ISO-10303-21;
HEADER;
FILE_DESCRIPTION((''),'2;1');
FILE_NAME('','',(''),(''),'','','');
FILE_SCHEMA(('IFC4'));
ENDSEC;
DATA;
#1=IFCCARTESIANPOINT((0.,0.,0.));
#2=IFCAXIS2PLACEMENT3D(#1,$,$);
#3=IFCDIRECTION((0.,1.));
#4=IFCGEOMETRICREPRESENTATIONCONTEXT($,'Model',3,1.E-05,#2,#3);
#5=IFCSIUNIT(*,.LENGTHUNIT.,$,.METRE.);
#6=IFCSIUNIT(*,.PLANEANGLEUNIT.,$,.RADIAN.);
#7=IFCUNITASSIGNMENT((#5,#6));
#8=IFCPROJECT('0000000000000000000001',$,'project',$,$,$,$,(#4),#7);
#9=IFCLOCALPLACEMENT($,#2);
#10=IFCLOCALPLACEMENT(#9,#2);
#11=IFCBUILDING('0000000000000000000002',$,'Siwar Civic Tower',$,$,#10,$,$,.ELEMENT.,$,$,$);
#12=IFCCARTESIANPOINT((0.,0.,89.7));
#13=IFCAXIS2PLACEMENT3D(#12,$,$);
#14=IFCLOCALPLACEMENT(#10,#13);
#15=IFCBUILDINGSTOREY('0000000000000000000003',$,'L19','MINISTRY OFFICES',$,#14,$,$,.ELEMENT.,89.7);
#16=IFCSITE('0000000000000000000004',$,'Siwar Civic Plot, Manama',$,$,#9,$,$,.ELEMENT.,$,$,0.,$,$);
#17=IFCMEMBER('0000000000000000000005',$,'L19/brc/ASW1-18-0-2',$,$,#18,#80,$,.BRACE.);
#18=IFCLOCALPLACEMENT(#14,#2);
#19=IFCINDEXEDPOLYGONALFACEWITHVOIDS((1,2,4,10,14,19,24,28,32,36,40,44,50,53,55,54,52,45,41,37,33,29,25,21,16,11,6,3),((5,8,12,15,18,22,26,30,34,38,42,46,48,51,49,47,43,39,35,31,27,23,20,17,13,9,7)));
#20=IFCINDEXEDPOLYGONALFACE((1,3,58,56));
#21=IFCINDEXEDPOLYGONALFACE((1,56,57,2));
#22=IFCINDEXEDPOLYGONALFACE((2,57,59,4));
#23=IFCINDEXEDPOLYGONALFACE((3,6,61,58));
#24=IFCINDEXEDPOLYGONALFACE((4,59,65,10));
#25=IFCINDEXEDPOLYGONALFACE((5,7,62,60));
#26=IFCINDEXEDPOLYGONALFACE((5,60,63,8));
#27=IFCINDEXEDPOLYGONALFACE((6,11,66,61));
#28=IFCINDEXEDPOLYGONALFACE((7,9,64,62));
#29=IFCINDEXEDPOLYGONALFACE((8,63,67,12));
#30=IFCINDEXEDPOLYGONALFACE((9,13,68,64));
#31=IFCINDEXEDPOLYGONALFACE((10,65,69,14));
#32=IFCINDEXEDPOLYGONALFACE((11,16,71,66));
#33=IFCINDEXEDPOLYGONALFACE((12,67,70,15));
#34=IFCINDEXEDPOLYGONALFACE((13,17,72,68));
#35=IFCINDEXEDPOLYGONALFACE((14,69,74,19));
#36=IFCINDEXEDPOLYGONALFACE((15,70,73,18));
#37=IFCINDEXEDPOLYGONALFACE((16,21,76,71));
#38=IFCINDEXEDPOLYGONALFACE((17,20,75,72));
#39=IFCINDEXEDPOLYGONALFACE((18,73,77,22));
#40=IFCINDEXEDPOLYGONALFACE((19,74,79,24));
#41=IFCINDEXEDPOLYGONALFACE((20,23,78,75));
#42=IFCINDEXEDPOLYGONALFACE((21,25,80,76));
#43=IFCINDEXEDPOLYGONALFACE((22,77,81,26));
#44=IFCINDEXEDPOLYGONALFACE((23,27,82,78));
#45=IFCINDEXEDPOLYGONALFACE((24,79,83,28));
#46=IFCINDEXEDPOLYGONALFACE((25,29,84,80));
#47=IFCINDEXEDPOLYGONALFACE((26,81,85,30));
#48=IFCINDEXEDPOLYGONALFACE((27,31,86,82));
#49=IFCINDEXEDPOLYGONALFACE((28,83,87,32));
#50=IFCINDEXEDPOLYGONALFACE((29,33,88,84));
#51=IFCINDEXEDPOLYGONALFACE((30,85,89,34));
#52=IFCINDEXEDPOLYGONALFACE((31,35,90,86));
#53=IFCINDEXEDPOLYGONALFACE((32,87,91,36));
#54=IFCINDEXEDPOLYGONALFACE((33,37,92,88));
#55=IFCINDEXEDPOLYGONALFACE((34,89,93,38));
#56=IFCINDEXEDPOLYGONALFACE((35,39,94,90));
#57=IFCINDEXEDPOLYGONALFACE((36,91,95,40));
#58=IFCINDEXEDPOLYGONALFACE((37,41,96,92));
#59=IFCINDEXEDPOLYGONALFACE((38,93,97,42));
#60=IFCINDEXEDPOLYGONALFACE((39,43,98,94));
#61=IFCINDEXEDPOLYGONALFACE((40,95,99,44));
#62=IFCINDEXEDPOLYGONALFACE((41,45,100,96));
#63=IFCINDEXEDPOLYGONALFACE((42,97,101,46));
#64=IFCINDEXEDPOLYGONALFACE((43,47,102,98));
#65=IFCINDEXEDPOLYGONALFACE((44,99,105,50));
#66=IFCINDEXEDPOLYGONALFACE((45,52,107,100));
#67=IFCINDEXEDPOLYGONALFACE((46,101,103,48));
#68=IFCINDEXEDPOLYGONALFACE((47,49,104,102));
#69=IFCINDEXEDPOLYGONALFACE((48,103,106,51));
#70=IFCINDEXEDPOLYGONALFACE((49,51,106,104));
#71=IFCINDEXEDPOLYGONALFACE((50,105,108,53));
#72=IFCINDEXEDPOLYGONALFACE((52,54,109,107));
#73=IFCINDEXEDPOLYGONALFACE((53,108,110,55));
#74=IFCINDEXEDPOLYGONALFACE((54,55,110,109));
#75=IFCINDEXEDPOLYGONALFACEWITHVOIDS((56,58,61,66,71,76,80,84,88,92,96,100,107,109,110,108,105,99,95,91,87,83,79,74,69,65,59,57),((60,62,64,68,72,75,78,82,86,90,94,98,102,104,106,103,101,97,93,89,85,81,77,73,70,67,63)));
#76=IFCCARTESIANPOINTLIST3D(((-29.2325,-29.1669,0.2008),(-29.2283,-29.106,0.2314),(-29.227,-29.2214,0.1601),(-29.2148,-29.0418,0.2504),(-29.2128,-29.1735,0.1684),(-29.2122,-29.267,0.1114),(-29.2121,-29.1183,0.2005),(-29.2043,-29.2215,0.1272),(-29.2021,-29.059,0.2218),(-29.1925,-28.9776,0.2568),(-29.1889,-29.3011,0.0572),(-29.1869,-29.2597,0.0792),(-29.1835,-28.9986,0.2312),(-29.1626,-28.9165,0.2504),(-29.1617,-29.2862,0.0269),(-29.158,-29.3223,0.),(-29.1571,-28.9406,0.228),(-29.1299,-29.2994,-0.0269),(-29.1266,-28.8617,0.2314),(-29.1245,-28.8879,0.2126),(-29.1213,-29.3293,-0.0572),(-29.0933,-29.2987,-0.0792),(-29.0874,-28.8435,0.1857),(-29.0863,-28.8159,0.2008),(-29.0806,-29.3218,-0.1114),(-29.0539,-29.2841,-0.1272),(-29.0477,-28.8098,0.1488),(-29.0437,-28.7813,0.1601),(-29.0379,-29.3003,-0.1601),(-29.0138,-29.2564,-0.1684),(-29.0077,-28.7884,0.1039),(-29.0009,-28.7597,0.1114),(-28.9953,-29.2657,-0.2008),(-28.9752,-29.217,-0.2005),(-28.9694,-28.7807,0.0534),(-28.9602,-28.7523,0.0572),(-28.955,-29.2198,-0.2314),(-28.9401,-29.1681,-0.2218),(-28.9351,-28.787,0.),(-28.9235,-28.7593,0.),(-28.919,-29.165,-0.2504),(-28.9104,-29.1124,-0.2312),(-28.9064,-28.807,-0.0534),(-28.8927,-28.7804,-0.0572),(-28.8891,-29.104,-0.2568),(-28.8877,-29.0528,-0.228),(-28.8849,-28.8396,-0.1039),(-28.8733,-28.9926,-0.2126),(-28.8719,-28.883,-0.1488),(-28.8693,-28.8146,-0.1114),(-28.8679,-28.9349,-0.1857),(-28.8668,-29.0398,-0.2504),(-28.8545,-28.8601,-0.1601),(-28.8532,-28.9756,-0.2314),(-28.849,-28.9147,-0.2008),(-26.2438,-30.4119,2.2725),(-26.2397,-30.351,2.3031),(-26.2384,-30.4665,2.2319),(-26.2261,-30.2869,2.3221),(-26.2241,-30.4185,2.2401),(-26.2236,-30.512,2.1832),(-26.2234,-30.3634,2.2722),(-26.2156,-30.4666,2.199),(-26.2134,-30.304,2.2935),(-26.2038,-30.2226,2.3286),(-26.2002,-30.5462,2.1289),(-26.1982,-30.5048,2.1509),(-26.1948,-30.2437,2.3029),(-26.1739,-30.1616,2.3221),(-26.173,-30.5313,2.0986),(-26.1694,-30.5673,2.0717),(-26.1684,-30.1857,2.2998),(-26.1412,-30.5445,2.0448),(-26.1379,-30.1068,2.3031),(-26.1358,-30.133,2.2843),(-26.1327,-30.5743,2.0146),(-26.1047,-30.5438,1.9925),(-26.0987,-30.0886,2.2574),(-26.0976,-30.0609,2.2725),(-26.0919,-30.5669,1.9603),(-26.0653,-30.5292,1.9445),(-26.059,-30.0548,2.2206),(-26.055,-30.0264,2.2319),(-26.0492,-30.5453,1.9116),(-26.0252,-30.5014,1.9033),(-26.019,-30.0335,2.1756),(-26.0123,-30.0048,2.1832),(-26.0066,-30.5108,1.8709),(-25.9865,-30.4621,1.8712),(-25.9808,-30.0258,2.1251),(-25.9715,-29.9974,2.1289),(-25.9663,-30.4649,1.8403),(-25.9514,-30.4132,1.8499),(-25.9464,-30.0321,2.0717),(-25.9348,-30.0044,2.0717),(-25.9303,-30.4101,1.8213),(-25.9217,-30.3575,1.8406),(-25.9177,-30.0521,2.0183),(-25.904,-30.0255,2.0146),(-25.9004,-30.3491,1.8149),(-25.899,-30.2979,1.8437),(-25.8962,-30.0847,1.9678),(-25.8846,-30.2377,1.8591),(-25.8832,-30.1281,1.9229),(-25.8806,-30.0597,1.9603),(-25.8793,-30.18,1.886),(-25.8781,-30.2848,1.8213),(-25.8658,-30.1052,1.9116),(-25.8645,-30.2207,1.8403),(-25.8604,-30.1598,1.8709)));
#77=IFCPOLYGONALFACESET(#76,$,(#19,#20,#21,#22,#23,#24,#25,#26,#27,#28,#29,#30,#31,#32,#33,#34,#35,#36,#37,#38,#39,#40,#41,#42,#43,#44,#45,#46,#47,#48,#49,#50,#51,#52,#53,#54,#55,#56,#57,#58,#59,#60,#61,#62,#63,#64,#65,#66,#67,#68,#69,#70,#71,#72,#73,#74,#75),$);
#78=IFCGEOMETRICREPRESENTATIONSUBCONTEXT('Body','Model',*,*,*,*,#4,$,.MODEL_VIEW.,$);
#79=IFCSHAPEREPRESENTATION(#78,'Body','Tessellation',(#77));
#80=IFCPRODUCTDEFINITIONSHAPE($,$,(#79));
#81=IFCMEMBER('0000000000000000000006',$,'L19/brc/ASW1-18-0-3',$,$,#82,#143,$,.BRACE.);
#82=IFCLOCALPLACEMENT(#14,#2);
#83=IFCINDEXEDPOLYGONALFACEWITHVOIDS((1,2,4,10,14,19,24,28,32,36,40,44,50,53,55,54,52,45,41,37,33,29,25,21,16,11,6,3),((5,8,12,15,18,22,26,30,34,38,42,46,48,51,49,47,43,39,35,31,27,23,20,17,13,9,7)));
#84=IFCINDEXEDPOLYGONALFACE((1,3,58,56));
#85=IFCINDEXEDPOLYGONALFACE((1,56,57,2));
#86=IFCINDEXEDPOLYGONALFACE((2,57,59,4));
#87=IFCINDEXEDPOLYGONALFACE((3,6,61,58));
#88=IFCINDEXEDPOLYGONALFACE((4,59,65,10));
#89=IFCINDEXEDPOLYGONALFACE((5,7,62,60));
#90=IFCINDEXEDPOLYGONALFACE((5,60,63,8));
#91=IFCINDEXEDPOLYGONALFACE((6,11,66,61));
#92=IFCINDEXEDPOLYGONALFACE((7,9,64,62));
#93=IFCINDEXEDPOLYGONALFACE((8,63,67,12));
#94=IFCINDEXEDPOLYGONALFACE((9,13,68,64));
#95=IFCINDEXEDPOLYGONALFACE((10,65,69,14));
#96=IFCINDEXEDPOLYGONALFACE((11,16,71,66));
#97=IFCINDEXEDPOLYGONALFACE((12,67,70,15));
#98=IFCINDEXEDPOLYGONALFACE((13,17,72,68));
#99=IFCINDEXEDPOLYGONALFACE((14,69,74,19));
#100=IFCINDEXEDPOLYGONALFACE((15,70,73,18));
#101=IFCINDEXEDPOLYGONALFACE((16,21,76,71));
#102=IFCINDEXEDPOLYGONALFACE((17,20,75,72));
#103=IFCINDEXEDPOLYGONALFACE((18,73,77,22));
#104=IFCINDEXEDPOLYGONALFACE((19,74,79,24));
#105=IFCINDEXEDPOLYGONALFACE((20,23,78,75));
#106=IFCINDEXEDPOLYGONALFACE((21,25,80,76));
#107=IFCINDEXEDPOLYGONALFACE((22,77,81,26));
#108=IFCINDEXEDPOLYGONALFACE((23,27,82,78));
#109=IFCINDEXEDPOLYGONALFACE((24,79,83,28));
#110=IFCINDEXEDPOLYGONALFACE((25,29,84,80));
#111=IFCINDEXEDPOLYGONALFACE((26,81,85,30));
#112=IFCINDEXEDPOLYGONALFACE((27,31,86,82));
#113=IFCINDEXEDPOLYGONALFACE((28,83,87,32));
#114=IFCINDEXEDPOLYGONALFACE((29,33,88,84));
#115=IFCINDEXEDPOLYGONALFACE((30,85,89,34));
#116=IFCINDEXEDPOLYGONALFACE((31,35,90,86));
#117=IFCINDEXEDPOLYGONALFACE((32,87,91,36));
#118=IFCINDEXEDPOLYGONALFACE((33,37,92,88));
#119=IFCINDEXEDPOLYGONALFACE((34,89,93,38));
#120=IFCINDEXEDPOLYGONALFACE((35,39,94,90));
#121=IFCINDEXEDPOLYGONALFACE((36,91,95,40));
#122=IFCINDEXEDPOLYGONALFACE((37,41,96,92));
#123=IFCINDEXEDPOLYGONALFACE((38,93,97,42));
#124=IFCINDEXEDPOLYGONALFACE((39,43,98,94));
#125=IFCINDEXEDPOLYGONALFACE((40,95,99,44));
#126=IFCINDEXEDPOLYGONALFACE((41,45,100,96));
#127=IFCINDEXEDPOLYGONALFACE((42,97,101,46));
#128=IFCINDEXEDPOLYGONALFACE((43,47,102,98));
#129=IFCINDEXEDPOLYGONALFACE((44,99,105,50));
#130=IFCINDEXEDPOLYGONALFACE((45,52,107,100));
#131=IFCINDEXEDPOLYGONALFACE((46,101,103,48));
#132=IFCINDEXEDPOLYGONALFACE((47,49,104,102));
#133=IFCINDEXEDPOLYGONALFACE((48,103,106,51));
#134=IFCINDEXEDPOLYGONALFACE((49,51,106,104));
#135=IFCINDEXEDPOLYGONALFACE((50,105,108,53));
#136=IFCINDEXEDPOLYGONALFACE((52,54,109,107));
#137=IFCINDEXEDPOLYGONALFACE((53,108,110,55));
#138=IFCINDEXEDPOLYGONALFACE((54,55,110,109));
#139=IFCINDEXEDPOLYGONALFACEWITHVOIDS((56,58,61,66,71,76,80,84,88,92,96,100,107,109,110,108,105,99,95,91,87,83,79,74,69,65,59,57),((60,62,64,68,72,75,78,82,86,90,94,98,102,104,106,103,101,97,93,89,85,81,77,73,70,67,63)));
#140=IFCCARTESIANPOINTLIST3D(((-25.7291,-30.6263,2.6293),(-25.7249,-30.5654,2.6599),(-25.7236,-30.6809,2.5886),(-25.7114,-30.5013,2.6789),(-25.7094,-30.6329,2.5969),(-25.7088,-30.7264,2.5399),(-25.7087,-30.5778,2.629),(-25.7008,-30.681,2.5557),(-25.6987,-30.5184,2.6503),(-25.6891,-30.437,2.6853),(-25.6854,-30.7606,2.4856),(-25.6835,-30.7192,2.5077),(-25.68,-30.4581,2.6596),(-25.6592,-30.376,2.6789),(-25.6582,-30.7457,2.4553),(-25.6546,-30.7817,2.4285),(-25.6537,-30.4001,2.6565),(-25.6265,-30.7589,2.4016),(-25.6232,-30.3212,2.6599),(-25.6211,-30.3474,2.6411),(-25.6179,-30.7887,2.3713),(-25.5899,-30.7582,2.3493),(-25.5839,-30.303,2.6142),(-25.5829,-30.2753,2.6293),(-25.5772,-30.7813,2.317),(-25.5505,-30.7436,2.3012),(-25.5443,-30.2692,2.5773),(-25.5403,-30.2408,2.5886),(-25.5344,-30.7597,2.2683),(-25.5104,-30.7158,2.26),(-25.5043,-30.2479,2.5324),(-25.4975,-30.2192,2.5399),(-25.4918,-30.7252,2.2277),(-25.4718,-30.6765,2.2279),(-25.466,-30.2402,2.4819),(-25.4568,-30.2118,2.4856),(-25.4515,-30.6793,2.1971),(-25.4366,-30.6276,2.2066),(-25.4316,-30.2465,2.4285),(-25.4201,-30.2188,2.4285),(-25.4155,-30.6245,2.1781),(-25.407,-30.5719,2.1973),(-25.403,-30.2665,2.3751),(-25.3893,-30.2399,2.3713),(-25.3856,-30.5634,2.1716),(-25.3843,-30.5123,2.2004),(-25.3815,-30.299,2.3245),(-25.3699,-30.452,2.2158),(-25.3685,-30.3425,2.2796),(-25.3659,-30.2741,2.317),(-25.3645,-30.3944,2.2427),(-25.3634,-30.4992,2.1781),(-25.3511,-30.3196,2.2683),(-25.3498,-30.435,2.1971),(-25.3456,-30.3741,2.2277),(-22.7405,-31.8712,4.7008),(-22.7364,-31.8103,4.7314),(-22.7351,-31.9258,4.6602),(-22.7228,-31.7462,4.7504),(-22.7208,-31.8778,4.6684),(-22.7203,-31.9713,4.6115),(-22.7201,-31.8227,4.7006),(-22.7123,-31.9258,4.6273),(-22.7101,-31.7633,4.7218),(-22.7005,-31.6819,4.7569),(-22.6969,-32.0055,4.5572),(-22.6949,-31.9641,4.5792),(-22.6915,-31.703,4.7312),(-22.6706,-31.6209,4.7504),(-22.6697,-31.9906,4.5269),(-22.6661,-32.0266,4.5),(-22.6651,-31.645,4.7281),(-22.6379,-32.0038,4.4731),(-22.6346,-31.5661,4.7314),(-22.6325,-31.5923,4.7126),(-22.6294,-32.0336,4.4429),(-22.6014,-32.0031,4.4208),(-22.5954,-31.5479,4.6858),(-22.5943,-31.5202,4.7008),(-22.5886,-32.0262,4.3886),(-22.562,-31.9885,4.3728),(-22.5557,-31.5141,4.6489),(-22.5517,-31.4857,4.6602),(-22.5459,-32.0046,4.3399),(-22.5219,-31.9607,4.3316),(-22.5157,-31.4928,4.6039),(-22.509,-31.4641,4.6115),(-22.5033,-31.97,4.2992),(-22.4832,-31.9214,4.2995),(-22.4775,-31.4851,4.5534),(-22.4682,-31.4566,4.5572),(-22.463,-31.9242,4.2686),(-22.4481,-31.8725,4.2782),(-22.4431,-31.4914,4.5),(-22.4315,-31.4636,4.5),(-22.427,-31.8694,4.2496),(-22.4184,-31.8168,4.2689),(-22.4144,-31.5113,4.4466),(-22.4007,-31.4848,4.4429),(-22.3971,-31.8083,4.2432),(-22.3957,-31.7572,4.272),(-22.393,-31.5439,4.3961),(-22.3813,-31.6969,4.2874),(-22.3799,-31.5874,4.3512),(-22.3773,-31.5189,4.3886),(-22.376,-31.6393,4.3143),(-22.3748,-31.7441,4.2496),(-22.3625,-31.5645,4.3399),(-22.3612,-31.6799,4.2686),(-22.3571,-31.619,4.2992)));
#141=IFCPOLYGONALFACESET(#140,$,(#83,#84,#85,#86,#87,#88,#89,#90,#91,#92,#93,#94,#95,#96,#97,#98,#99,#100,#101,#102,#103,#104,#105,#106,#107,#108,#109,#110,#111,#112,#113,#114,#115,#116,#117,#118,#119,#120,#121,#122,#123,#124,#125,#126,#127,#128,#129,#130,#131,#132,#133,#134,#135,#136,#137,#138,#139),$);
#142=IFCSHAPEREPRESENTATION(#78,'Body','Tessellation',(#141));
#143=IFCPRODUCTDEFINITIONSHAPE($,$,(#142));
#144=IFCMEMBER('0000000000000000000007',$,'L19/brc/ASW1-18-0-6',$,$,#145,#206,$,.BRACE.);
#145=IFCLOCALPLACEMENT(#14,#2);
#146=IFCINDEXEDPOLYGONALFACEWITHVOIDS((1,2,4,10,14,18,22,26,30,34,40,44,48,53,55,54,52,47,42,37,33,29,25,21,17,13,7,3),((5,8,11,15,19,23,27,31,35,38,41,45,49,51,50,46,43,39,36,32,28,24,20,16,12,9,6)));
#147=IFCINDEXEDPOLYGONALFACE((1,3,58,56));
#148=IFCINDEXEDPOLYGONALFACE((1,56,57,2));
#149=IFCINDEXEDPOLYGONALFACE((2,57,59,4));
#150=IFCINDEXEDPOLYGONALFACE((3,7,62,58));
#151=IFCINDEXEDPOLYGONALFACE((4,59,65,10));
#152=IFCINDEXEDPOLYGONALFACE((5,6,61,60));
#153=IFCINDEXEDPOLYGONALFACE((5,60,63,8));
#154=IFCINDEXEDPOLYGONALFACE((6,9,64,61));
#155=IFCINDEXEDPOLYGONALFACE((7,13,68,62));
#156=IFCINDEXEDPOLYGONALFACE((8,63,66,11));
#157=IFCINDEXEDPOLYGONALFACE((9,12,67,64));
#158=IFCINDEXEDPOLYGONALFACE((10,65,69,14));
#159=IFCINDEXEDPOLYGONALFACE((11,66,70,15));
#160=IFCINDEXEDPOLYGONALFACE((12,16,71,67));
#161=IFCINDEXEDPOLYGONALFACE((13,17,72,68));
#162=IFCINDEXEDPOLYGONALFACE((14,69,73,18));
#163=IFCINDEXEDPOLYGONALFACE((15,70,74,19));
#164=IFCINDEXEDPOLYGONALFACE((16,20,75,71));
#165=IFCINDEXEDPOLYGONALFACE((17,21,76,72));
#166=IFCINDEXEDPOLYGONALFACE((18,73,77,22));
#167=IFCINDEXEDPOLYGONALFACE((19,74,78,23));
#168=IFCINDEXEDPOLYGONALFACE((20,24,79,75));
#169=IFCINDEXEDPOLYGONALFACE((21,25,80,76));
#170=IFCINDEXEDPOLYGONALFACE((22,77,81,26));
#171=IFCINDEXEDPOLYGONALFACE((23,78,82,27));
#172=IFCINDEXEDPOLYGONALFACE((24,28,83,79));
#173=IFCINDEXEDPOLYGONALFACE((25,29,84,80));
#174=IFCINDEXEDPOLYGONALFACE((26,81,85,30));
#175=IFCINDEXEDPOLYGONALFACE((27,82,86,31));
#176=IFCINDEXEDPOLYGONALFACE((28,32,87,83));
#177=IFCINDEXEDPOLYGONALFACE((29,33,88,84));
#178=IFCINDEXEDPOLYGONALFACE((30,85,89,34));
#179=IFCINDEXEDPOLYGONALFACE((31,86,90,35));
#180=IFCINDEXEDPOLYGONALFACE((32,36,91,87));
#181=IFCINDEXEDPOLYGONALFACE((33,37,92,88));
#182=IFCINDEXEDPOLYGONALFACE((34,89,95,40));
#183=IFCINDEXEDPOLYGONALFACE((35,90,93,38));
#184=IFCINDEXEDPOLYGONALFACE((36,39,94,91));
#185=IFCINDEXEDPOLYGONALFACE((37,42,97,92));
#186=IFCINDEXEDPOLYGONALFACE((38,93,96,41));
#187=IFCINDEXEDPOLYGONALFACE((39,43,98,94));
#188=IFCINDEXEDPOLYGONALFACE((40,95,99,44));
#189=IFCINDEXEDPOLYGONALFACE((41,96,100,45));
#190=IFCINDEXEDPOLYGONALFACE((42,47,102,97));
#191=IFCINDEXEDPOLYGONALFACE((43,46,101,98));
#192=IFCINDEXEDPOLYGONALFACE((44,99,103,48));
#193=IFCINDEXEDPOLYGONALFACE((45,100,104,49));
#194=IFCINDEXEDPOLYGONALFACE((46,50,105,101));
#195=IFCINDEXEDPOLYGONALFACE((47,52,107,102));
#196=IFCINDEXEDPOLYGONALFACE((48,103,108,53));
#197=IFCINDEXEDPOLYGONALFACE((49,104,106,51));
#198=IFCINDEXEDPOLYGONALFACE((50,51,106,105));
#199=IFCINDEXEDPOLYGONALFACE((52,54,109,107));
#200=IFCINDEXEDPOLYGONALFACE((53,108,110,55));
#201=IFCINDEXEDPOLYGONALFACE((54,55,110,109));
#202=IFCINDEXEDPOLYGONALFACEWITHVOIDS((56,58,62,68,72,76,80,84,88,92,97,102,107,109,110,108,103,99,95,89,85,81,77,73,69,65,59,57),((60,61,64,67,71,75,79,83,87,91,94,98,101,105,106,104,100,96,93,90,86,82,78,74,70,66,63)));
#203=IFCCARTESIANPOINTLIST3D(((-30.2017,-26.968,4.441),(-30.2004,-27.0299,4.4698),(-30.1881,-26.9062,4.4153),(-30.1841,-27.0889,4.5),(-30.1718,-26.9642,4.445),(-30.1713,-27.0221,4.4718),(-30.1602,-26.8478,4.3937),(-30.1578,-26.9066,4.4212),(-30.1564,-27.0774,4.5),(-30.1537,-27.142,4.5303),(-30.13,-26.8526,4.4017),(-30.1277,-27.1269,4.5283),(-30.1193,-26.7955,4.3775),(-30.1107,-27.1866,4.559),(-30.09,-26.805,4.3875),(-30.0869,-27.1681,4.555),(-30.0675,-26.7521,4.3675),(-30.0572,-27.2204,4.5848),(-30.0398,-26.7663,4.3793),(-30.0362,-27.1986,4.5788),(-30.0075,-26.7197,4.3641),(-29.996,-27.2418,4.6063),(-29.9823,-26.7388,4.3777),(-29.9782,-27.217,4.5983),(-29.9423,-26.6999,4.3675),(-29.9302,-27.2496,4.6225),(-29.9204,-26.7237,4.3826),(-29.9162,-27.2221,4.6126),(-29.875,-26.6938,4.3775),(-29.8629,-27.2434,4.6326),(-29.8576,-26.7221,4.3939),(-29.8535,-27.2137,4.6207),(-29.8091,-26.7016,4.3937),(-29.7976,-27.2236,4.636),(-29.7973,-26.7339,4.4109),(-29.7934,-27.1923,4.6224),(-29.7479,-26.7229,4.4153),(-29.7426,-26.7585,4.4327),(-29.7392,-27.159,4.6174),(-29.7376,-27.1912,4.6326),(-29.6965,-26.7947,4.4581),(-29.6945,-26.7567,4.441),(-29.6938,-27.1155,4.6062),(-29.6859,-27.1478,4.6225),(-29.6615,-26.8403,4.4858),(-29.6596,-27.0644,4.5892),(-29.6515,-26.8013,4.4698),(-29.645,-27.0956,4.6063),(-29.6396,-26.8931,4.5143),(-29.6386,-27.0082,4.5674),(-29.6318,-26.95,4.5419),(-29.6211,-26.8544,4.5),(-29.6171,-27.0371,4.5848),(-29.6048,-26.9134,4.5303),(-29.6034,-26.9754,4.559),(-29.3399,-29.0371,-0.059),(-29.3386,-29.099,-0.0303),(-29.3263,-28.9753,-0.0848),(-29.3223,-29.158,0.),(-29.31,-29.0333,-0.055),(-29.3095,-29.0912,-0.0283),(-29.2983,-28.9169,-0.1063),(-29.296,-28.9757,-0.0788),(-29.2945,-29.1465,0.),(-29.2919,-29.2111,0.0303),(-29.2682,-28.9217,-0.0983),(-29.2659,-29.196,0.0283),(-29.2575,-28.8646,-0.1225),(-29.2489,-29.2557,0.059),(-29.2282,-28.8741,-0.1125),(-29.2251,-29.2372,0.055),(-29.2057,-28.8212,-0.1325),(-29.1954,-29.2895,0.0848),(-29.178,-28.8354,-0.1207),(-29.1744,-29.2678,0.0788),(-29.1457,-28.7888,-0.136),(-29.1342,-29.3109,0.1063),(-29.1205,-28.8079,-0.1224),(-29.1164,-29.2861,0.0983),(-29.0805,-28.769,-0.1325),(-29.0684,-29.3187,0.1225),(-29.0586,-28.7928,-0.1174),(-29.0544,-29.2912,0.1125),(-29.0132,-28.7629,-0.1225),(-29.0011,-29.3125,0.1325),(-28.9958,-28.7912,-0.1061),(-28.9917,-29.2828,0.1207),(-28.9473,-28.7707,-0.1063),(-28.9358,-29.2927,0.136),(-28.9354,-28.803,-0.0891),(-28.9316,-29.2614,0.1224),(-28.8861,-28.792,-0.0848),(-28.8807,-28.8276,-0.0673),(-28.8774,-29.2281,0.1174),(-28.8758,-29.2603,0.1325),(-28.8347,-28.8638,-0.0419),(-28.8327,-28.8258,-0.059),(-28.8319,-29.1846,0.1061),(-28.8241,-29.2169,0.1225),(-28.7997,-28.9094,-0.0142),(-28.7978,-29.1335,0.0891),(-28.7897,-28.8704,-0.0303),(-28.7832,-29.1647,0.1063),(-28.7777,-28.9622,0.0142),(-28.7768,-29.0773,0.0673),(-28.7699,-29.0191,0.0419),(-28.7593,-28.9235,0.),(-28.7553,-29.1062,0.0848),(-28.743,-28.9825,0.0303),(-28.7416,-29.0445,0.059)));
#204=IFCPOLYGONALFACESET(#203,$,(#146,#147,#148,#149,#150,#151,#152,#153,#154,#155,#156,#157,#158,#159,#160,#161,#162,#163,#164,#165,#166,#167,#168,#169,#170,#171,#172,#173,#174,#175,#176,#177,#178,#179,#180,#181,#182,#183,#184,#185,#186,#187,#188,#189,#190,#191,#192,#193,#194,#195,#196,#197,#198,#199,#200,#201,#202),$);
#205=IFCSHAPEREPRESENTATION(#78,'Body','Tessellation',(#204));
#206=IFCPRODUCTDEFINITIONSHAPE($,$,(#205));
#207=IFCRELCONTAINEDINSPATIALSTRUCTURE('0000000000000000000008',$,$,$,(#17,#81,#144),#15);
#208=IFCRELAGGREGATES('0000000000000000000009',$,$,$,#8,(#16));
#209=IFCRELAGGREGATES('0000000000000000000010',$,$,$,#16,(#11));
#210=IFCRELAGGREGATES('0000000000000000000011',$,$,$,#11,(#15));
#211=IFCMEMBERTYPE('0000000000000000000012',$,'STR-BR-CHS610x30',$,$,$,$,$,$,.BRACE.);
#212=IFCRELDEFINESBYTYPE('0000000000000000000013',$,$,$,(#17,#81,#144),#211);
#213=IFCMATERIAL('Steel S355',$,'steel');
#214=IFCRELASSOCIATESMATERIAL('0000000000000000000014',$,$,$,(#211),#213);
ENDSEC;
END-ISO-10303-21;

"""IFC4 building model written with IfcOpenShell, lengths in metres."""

from ifc_helpers import new_model, si_unit, direction, frame, origin, origin_2d, place, context, subcontext, project, spatial, hollow_circle, extrude, material, material_profile, profile_set, type_object, element, save


model = new_model("IFC4")

# Units and contexts
model_context = context("Model", 3, precision=1e-05, world=origin(), true_north=direction((0.0, 1.0)))
body_context = subcontext(model_context, "Body", "Model", "MODEL_VIEW")
ifc_project = project(units=[si_unit("LENGTHUNIT", "METRE"), si_unit("PLANEANGLEUNIT", "RADIAN")], contexts=[model_context])

# Site, building, storey
site_placement = place(None, origin())
site = spatial("IfcSite", under=ifc_project, at=site_placement, Name="Siwar Civic Plot, Manama", CompositionType="ELEMENT", RefElevation=0.0)
building_placement = place(site_placement, origin())
building = spatial("IfcBuilding", under=site, at=building_placement, Name="Siwar Civic Tower", CompositionType="ELEMENT")
storey_placement = place(building_placement, frame((0.0, 0.0, 89.7)))
storey = spatial("IfcBuildingStorey", under=building, at=storey_placement, Name="L19", Description="MINISTRY OFFICES", CompositionType="ELEMENT", Elevation=89.7)

# Members
ifc_material_1 = material(Name="Steel S355", Category="steel")
ifc_material_profile_1 = material_profile(ifc_material_1, hollow_circle(Radius=0.3049, WallThickness=0.03, at=origin_2d()), Name="CHS610x30")
ifc_profile_set_1 = profile_set([ifc_material_profile_1], Name="Steel S355")
member_type_1 = type_object("IfcMemberType", Name="STR-BR-CHS610x30", PredefinedType="BRACE", material=ifc_profile_set_1)
member_1_placement = place(storey_placement, frame((-29.0408, -29.0408, 0.0), z_axis=(0.777542, -0.323923, 0.538982), x_axis=(0.384562, 0.923099, 0.0)))
element("IfcMember", 1, at=member_1_placement, inside=storey, type_object=member_type_1, Name="L19/brc/ASW1-18-0-2", PredefinedType="BRACE", context=body_context, shape_type="SweptSolid", body=[
    extrude(hollow_circle(Radius=0.3049, WallThickness=0.03, at=origin_2d()), origin(), (0.0, 0.0, 1.0), 3.8438),
])
member_2_placement = place(storey_placement, frame((-25.5374, -30.5002, 2.4285), z_axis=(0.77756, -0.323893, 0.538975), x_axis=(0.384524, 0.923115, 0.0)))
element("IfcMember", 2, at=member_2_placement, inside=storey, type_object=member_type_1, Name="L19/brc/ASW1-18-0-3", PredefinedType="BRACE", context=body_context, shape_type="SweptSolid", body=[
    extrude(hollow_circle(Radius=0.3049, WallThickness=0.03, at=origin_2d()), origin(), (0.0, 0.0, 1.0), 3.8435),
])
member_3_placement = place(storey_placement, frame((-29.0408, -29.0408, 0.0), z_axis=(-0.171427, 0.41157, 0.895111), x_axis=(-0.923125, -0.384499, 0.0)))
element("IfcMember", 3, at=member_3_placement, inside=storey, type_object=member_type_1, Name="L19/brc/ASW1-18-0-6", PredefinedType="BRACE", context=body_context, shape_type="SweptSolid", body=[
    extrude(hollow_circle(Radius=0.3049, WallThickness=0.03, at=origin_2d()), origin(), (0.0, 0.0, 1.0), 5.0273),
])

save(model, "model.ifc")
